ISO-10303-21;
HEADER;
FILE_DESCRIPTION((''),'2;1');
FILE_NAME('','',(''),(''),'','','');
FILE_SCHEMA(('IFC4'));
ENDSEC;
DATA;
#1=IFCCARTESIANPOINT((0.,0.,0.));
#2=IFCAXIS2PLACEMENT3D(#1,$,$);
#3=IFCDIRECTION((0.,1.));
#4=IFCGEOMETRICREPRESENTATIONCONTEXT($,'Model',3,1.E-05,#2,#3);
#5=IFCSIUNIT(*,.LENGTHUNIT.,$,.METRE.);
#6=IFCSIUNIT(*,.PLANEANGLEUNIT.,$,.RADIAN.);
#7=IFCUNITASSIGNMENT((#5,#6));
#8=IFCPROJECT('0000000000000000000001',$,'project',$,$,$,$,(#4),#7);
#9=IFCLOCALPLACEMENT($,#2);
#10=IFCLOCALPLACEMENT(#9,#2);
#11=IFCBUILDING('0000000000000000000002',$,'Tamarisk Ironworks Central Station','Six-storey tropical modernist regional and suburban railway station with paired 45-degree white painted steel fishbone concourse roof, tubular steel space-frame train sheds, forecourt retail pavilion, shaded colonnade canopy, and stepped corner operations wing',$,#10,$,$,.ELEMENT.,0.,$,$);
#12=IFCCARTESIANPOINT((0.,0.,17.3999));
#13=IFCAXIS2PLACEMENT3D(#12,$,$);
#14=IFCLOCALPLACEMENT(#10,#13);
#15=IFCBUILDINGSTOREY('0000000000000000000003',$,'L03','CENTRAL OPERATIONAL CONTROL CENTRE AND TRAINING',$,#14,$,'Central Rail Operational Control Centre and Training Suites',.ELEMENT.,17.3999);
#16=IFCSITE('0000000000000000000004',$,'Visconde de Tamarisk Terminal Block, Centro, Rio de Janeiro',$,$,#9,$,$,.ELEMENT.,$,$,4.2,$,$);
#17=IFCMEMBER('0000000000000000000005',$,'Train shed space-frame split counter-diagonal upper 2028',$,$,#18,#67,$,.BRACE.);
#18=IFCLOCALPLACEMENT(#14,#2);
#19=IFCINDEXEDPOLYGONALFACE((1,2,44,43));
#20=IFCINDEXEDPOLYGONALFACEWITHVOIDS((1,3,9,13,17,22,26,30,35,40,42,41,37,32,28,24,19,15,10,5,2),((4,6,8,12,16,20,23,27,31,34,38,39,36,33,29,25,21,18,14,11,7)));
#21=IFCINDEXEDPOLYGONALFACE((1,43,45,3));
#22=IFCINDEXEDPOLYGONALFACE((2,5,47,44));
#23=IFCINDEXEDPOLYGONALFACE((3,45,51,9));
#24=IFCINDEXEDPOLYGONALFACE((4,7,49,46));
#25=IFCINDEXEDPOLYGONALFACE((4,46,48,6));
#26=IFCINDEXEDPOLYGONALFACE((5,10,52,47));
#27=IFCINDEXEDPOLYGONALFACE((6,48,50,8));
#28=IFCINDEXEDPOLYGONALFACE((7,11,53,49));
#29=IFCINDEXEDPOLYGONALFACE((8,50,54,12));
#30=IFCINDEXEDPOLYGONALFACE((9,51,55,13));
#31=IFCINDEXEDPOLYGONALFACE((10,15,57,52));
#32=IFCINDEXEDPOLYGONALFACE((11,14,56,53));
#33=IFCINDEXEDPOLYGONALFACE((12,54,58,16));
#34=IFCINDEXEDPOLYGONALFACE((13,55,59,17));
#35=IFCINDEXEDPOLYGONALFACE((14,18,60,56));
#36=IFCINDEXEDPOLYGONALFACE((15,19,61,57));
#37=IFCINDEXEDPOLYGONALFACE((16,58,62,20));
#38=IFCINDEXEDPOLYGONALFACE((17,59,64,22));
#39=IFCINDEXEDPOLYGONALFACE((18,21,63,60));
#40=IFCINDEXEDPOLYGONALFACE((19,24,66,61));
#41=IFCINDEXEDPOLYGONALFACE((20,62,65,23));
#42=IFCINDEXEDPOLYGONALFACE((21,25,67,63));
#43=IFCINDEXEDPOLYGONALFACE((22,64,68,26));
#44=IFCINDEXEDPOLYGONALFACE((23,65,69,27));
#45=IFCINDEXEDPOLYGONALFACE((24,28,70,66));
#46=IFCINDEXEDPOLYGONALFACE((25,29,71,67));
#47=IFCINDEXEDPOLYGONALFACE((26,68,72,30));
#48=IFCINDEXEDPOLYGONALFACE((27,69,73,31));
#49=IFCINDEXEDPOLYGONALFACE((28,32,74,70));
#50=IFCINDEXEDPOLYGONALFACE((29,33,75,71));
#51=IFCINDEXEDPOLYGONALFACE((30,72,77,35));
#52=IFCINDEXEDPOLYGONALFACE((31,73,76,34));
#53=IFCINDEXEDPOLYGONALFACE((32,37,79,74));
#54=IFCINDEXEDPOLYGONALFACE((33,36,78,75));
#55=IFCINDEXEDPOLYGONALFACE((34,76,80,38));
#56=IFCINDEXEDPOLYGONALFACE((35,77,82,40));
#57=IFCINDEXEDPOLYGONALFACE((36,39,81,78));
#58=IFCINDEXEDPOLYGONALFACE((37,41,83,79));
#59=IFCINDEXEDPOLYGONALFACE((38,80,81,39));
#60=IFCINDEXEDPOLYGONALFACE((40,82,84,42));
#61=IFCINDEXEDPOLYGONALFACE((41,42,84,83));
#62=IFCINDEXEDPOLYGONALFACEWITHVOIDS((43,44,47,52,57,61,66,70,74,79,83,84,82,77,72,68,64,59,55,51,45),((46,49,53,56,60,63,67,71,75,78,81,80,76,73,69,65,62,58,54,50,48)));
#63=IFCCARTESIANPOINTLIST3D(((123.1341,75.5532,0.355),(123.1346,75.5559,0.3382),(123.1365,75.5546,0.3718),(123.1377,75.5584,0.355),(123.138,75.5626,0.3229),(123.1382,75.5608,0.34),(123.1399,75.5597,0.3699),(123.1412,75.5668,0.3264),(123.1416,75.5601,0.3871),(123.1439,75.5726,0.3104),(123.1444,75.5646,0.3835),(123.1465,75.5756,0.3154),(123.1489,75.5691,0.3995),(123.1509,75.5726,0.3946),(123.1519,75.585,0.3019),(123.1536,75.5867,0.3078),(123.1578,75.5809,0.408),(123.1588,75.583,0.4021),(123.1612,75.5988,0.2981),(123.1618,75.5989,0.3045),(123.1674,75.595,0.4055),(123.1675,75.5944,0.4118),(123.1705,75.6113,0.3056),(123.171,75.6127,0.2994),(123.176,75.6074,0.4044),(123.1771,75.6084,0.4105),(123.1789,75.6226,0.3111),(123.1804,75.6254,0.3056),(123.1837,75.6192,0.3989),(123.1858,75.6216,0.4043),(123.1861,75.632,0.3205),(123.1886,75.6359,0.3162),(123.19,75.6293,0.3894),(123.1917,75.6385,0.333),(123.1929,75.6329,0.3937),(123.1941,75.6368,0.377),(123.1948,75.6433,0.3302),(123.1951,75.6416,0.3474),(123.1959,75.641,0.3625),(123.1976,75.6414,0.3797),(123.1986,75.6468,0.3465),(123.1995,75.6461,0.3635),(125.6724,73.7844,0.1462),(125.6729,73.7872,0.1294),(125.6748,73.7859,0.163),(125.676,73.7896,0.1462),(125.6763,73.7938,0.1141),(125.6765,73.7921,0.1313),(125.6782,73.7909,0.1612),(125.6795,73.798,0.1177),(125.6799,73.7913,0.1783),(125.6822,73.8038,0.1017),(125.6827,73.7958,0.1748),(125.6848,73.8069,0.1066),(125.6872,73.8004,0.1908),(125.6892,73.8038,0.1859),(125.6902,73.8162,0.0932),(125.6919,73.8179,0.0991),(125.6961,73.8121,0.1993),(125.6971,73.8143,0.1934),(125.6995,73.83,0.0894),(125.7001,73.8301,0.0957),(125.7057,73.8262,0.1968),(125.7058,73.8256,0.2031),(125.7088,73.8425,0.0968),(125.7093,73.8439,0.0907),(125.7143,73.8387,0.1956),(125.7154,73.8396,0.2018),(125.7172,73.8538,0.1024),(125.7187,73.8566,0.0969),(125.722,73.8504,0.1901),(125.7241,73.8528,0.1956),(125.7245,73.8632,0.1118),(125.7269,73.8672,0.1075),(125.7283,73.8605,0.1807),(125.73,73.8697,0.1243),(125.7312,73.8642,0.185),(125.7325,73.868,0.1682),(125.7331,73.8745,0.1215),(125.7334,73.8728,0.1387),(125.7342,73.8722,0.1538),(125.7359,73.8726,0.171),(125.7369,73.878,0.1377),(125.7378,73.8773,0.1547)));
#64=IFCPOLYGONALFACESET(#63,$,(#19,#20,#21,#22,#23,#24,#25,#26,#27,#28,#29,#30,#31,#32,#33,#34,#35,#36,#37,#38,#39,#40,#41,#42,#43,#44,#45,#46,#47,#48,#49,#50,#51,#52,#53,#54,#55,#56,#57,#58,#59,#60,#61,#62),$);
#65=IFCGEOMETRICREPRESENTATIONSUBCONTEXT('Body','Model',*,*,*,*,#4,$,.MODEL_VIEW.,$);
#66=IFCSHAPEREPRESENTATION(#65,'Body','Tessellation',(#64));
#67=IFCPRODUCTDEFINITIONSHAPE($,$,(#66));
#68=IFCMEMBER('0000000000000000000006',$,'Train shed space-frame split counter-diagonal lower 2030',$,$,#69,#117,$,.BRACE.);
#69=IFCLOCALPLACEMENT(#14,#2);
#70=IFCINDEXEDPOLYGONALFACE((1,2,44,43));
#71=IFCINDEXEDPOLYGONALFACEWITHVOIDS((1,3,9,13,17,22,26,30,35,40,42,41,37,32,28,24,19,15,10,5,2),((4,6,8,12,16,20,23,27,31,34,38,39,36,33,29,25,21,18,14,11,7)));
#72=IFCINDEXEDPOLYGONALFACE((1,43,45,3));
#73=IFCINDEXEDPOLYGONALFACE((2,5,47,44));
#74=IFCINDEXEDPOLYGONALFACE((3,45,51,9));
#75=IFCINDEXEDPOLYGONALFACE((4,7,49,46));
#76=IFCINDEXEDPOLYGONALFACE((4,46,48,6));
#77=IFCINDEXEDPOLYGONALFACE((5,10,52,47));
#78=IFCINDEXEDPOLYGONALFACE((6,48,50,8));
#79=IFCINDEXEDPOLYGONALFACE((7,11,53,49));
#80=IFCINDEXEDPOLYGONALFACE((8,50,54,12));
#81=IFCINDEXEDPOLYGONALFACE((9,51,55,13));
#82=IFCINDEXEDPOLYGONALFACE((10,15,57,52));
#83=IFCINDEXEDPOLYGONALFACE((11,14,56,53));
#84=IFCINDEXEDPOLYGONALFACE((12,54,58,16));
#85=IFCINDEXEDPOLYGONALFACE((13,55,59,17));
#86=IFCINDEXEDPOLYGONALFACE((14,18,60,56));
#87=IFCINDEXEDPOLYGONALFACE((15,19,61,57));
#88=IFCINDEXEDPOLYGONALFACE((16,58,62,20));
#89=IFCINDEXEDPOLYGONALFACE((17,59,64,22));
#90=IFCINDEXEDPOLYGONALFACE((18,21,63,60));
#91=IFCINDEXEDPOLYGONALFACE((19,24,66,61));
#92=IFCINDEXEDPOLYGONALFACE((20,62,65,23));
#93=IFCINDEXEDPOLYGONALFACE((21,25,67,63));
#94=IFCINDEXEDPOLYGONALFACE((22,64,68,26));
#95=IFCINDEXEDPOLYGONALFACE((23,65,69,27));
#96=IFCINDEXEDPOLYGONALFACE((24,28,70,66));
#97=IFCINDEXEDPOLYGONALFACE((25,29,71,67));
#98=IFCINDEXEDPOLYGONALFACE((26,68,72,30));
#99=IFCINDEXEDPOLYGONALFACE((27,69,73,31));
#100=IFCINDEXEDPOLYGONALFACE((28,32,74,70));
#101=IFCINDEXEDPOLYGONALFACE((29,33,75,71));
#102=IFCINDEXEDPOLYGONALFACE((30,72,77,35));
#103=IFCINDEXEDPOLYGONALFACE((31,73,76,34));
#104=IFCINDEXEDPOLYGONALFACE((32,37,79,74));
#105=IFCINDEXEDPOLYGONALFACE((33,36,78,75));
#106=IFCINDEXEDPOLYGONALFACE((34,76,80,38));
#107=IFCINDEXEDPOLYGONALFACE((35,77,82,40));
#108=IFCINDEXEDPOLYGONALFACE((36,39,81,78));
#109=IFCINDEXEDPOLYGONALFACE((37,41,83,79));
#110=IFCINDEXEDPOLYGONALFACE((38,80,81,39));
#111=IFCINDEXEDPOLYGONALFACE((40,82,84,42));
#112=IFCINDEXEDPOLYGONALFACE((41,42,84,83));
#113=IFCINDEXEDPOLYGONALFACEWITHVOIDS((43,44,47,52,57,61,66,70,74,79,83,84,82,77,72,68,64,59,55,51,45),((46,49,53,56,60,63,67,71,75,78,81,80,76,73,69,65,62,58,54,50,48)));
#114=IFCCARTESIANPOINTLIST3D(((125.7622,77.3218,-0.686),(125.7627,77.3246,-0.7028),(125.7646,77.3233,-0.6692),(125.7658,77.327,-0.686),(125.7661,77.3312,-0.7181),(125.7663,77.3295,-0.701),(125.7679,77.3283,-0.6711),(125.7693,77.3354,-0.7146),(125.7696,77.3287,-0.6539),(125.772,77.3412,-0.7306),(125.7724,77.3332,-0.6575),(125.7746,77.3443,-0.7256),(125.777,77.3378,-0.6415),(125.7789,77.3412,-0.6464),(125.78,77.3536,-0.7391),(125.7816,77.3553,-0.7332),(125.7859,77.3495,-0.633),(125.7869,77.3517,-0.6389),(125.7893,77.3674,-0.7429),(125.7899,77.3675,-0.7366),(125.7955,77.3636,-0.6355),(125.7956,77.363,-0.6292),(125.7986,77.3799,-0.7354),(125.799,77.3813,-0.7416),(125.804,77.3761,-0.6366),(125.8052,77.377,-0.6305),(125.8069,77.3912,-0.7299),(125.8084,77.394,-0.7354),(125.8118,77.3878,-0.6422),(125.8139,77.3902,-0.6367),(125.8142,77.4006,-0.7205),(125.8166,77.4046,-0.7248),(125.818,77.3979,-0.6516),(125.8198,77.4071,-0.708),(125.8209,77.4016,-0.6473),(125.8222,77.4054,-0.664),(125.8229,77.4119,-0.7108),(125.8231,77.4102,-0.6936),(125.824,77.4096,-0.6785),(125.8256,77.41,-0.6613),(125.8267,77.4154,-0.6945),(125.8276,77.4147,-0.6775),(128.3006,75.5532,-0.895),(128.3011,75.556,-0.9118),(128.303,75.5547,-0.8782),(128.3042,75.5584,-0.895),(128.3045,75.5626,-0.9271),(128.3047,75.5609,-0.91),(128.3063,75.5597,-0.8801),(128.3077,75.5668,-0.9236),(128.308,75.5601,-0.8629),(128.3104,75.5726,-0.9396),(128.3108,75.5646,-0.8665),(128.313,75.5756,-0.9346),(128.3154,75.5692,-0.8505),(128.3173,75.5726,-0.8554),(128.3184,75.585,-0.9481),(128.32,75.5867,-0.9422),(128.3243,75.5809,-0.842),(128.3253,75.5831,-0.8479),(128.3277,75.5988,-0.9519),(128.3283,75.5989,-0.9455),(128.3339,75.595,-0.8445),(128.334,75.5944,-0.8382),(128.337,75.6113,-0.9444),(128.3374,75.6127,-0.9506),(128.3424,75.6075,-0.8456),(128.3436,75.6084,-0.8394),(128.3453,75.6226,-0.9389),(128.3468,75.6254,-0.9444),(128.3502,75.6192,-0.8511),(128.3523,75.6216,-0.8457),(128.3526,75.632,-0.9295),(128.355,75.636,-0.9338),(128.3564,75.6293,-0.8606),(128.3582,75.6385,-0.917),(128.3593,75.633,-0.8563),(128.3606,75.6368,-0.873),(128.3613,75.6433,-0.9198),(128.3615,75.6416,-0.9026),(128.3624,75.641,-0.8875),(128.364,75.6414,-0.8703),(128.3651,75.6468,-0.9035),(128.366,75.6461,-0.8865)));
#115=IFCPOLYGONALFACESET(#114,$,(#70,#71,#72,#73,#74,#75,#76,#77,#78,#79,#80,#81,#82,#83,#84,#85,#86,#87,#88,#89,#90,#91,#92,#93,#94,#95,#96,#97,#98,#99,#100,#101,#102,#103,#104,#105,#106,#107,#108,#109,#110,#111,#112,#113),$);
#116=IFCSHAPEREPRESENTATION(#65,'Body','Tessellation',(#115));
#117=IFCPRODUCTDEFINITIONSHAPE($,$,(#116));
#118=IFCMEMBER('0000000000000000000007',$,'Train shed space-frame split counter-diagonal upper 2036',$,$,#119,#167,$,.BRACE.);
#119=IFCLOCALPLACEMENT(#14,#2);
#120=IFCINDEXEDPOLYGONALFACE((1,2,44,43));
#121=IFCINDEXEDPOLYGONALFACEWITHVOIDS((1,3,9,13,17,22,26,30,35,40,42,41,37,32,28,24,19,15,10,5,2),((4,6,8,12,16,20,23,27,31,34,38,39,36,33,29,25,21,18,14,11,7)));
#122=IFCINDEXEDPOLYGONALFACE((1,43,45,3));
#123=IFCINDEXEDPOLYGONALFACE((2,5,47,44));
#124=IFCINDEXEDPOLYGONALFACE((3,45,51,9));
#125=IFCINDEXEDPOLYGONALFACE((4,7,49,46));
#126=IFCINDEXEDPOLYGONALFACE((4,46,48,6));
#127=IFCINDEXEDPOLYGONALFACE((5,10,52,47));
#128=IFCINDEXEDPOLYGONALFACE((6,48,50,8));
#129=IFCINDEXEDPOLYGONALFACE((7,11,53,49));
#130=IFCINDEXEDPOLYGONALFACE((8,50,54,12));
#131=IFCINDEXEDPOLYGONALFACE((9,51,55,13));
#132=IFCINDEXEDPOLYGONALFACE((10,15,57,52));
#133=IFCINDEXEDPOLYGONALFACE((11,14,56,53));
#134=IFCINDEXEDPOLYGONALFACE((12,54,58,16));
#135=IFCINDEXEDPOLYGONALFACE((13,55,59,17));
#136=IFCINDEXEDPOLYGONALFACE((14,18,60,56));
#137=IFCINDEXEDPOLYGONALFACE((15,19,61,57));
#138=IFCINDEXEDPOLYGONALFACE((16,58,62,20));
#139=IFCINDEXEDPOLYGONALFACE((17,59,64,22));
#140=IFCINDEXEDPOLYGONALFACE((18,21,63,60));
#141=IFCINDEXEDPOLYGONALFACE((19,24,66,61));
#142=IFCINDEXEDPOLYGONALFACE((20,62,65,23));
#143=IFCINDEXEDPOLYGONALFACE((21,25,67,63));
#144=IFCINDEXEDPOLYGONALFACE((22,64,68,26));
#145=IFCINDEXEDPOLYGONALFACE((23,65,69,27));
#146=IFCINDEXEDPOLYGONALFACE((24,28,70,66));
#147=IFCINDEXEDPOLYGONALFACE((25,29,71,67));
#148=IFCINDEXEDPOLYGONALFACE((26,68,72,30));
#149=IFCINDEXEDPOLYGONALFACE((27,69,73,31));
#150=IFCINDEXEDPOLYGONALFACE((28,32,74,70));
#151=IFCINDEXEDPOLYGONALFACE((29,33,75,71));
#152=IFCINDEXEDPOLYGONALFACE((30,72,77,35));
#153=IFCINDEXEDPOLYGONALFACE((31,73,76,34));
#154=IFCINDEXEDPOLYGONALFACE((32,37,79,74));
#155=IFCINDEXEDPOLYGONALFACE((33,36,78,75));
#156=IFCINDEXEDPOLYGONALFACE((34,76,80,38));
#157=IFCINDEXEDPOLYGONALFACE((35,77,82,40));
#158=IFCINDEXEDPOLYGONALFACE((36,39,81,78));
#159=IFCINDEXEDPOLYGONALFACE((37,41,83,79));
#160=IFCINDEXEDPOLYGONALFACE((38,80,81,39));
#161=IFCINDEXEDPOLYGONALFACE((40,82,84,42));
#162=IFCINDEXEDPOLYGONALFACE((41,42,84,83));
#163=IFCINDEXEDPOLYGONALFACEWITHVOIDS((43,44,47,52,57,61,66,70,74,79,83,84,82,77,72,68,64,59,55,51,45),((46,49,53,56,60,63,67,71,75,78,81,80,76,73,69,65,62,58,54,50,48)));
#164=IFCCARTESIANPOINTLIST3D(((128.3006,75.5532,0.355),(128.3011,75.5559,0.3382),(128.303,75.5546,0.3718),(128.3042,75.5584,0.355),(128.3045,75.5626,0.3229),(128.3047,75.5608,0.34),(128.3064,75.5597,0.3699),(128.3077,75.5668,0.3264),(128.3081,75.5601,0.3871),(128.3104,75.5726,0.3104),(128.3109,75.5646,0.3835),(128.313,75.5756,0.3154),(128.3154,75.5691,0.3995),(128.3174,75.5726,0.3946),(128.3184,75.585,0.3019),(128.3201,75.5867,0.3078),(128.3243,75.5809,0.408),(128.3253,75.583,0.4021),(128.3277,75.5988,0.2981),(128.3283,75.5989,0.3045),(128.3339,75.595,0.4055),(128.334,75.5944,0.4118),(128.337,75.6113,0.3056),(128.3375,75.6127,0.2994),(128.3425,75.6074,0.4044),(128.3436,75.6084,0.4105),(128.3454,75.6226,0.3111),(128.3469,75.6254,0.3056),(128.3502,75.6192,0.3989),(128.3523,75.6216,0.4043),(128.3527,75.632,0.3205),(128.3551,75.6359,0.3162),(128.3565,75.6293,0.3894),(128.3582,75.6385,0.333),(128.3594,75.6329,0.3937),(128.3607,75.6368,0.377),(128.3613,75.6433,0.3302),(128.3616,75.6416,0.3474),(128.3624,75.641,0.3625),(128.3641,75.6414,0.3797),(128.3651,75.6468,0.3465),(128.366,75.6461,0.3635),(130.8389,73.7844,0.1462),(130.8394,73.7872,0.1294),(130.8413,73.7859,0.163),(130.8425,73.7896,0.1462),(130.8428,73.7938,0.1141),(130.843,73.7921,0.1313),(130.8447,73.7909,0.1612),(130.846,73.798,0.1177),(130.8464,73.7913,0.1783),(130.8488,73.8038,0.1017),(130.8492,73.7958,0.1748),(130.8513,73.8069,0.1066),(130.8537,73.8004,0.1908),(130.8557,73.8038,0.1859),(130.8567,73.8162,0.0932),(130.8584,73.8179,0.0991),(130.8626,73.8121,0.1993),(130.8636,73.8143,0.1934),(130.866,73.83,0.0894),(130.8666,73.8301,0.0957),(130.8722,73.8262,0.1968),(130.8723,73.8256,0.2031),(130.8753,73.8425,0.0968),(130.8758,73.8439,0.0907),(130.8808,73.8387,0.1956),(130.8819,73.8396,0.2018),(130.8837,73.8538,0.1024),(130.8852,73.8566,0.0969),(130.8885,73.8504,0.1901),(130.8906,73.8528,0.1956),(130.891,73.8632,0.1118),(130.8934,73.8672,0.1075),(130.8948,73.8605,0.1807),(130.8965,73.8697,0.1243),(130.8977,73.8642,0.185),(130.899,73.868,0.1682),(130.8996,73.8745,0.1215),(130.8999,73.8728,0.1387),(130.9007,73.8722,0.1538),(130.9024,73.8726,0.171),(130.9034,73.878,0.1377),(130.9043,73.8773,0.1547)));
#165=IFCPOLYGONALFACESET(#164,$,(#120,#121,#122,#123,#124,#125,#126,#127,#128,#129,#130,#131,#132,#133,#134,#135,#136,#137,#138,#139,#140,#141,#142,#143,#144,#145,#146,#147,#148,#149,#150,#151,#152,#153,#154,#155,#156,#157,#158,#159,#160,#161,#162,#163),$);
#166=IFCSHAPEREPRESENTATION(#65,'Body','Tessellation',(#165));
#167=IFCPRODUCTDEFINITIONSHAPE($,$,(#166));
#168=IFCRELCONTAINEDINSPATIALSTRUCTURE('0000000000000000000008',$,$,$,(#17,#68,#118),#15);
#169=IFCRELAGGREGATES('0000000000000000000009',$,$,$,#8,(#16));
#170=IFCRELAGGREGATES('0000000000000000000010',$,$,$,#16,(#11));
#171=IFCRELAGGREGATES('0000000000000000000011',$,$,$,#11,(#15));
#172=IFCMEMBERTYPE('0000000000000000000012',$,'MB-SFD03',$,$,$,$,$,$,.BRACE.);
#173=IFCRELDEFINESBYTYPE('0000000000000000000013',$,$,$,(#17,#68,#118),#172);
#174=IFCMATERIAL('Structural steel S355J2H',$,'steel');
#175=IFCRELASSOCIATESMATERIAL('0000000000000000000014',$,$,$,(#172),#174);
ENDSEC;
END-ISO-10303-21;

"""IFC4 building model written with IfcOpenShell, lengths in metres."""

from ifc_helpers import new_model, si_unit, direction, frame, origin, origin_2d, place, context, subcontext, project, spatial, hollow_circle, extrude, material, material_profile, profile_set, type_object, element, save


model = new_model("IFC4")

# Units and contexts
model_context = context("Model", 3, precision=1e-05, world=origin(), true_north=direction((0.0, 1.0)))
body_context = subcontext(model_context, "Body", "Model", "MODEL_VIEW")
ifc_project = project(units=[si_unit("LENGTHUNIT", "METRE"), si_unit("PLANEANGLEUNIT", "RADIAN")], contexts=[model_context])

# Site, building, storey
site_placement = place(None, origin())
site = spatial("IfcSite", under=ifc_project, at=site_placement, Name="Visconde de Tamarisk Terminal Block, Centro, Rio de Janeiro", CompositionType="ELEMENT", RefElevation=4.2)
building_placement = place(site_placement, origin())
building = spatial("IfcBuilding", under=site, at=building_placement, Name="Tamarisk Ironworks Central Station", Description="Six-storey tropical modernist regional and suburban railway station with paired 45-degree white painted steel fishbone concourse roof, tubular steel space-frame train sheds, forecourt retail pavilion, shaded colonnade canopy, and stepped corner operations wing", CompositionType="ELEMENT", ElevationOfRefHeight=0.0)
storey_placement = place(building_placement, frame((0.0, 0.0, 17.3999)))
storey = spatial("IfcBuildingStorey", under=building, at=storey_placement, Name="L03", Description="CENTRAL OPERATIONAL CONTROL CENTRE AND TRAINING", LongName="Central Rail Operational Control Centre and Training Suites", CompositionType="ELEMENT", Elevation=17.3999)

# Members
ifc_material_1 = material(Name="Structural steel S355J2H", Category="steel")
ifc_material_profile_1 = material_profile(ifc_material_1, hollow_circle(Radius=0.0571, WallThickness=0.0063, at=origin_2d()), Name="CHS 114.3x6.3")
ifc_profile_set_1 = profile_set([ifc_material_profile_1], Name="Structural steel S355J2H")
member_type_1 = type_object("IfcMemberType", Name="MB-SFD03", PredefinedType="BRACE", material=ifc_profile_set_1)
for number, where, z_axis, x_axis, name in (
    (1, (125.7051, 73.8313, 0.1462), (-0.818589, 0.570422, 0.067317), (-0.571719, -0.82045, 0.0), "Train shed space-frame split counter-diagonal upper 2028"),
    (2, (128.3333, 75.6001, -0.895), (-0.818621, 0.570366, 0.067398), (-0.571666, -0.820487, 0.0), "Train shed space-frame split counter-diagonal lower 2030"),
    (3, (130.8716, 73.8313, 0.1462), (-0.818589, 0.570422, 0.067317), (-0.571719, -0.82045, 0.0), "Train shed space-frame split counter-diagonal upper 2036"),
):
    element("IfcMember", number, at=place(storey_placement, frame(where, z_axis=z_axis, x_axis=x_axis)), inside=storey, type_object=member_type_1, Name=name, PredefinedType="BRACE", context=body_context, shape_type="SweptSolid", body=[
        extrude(hollow_circle(Radius=0.0571, WallThickness=0.0063, at=origin_2d()), origin(), (0.0, 0.0, 1.0), 3.1008),
    ])

save(model, "model.ifc")
